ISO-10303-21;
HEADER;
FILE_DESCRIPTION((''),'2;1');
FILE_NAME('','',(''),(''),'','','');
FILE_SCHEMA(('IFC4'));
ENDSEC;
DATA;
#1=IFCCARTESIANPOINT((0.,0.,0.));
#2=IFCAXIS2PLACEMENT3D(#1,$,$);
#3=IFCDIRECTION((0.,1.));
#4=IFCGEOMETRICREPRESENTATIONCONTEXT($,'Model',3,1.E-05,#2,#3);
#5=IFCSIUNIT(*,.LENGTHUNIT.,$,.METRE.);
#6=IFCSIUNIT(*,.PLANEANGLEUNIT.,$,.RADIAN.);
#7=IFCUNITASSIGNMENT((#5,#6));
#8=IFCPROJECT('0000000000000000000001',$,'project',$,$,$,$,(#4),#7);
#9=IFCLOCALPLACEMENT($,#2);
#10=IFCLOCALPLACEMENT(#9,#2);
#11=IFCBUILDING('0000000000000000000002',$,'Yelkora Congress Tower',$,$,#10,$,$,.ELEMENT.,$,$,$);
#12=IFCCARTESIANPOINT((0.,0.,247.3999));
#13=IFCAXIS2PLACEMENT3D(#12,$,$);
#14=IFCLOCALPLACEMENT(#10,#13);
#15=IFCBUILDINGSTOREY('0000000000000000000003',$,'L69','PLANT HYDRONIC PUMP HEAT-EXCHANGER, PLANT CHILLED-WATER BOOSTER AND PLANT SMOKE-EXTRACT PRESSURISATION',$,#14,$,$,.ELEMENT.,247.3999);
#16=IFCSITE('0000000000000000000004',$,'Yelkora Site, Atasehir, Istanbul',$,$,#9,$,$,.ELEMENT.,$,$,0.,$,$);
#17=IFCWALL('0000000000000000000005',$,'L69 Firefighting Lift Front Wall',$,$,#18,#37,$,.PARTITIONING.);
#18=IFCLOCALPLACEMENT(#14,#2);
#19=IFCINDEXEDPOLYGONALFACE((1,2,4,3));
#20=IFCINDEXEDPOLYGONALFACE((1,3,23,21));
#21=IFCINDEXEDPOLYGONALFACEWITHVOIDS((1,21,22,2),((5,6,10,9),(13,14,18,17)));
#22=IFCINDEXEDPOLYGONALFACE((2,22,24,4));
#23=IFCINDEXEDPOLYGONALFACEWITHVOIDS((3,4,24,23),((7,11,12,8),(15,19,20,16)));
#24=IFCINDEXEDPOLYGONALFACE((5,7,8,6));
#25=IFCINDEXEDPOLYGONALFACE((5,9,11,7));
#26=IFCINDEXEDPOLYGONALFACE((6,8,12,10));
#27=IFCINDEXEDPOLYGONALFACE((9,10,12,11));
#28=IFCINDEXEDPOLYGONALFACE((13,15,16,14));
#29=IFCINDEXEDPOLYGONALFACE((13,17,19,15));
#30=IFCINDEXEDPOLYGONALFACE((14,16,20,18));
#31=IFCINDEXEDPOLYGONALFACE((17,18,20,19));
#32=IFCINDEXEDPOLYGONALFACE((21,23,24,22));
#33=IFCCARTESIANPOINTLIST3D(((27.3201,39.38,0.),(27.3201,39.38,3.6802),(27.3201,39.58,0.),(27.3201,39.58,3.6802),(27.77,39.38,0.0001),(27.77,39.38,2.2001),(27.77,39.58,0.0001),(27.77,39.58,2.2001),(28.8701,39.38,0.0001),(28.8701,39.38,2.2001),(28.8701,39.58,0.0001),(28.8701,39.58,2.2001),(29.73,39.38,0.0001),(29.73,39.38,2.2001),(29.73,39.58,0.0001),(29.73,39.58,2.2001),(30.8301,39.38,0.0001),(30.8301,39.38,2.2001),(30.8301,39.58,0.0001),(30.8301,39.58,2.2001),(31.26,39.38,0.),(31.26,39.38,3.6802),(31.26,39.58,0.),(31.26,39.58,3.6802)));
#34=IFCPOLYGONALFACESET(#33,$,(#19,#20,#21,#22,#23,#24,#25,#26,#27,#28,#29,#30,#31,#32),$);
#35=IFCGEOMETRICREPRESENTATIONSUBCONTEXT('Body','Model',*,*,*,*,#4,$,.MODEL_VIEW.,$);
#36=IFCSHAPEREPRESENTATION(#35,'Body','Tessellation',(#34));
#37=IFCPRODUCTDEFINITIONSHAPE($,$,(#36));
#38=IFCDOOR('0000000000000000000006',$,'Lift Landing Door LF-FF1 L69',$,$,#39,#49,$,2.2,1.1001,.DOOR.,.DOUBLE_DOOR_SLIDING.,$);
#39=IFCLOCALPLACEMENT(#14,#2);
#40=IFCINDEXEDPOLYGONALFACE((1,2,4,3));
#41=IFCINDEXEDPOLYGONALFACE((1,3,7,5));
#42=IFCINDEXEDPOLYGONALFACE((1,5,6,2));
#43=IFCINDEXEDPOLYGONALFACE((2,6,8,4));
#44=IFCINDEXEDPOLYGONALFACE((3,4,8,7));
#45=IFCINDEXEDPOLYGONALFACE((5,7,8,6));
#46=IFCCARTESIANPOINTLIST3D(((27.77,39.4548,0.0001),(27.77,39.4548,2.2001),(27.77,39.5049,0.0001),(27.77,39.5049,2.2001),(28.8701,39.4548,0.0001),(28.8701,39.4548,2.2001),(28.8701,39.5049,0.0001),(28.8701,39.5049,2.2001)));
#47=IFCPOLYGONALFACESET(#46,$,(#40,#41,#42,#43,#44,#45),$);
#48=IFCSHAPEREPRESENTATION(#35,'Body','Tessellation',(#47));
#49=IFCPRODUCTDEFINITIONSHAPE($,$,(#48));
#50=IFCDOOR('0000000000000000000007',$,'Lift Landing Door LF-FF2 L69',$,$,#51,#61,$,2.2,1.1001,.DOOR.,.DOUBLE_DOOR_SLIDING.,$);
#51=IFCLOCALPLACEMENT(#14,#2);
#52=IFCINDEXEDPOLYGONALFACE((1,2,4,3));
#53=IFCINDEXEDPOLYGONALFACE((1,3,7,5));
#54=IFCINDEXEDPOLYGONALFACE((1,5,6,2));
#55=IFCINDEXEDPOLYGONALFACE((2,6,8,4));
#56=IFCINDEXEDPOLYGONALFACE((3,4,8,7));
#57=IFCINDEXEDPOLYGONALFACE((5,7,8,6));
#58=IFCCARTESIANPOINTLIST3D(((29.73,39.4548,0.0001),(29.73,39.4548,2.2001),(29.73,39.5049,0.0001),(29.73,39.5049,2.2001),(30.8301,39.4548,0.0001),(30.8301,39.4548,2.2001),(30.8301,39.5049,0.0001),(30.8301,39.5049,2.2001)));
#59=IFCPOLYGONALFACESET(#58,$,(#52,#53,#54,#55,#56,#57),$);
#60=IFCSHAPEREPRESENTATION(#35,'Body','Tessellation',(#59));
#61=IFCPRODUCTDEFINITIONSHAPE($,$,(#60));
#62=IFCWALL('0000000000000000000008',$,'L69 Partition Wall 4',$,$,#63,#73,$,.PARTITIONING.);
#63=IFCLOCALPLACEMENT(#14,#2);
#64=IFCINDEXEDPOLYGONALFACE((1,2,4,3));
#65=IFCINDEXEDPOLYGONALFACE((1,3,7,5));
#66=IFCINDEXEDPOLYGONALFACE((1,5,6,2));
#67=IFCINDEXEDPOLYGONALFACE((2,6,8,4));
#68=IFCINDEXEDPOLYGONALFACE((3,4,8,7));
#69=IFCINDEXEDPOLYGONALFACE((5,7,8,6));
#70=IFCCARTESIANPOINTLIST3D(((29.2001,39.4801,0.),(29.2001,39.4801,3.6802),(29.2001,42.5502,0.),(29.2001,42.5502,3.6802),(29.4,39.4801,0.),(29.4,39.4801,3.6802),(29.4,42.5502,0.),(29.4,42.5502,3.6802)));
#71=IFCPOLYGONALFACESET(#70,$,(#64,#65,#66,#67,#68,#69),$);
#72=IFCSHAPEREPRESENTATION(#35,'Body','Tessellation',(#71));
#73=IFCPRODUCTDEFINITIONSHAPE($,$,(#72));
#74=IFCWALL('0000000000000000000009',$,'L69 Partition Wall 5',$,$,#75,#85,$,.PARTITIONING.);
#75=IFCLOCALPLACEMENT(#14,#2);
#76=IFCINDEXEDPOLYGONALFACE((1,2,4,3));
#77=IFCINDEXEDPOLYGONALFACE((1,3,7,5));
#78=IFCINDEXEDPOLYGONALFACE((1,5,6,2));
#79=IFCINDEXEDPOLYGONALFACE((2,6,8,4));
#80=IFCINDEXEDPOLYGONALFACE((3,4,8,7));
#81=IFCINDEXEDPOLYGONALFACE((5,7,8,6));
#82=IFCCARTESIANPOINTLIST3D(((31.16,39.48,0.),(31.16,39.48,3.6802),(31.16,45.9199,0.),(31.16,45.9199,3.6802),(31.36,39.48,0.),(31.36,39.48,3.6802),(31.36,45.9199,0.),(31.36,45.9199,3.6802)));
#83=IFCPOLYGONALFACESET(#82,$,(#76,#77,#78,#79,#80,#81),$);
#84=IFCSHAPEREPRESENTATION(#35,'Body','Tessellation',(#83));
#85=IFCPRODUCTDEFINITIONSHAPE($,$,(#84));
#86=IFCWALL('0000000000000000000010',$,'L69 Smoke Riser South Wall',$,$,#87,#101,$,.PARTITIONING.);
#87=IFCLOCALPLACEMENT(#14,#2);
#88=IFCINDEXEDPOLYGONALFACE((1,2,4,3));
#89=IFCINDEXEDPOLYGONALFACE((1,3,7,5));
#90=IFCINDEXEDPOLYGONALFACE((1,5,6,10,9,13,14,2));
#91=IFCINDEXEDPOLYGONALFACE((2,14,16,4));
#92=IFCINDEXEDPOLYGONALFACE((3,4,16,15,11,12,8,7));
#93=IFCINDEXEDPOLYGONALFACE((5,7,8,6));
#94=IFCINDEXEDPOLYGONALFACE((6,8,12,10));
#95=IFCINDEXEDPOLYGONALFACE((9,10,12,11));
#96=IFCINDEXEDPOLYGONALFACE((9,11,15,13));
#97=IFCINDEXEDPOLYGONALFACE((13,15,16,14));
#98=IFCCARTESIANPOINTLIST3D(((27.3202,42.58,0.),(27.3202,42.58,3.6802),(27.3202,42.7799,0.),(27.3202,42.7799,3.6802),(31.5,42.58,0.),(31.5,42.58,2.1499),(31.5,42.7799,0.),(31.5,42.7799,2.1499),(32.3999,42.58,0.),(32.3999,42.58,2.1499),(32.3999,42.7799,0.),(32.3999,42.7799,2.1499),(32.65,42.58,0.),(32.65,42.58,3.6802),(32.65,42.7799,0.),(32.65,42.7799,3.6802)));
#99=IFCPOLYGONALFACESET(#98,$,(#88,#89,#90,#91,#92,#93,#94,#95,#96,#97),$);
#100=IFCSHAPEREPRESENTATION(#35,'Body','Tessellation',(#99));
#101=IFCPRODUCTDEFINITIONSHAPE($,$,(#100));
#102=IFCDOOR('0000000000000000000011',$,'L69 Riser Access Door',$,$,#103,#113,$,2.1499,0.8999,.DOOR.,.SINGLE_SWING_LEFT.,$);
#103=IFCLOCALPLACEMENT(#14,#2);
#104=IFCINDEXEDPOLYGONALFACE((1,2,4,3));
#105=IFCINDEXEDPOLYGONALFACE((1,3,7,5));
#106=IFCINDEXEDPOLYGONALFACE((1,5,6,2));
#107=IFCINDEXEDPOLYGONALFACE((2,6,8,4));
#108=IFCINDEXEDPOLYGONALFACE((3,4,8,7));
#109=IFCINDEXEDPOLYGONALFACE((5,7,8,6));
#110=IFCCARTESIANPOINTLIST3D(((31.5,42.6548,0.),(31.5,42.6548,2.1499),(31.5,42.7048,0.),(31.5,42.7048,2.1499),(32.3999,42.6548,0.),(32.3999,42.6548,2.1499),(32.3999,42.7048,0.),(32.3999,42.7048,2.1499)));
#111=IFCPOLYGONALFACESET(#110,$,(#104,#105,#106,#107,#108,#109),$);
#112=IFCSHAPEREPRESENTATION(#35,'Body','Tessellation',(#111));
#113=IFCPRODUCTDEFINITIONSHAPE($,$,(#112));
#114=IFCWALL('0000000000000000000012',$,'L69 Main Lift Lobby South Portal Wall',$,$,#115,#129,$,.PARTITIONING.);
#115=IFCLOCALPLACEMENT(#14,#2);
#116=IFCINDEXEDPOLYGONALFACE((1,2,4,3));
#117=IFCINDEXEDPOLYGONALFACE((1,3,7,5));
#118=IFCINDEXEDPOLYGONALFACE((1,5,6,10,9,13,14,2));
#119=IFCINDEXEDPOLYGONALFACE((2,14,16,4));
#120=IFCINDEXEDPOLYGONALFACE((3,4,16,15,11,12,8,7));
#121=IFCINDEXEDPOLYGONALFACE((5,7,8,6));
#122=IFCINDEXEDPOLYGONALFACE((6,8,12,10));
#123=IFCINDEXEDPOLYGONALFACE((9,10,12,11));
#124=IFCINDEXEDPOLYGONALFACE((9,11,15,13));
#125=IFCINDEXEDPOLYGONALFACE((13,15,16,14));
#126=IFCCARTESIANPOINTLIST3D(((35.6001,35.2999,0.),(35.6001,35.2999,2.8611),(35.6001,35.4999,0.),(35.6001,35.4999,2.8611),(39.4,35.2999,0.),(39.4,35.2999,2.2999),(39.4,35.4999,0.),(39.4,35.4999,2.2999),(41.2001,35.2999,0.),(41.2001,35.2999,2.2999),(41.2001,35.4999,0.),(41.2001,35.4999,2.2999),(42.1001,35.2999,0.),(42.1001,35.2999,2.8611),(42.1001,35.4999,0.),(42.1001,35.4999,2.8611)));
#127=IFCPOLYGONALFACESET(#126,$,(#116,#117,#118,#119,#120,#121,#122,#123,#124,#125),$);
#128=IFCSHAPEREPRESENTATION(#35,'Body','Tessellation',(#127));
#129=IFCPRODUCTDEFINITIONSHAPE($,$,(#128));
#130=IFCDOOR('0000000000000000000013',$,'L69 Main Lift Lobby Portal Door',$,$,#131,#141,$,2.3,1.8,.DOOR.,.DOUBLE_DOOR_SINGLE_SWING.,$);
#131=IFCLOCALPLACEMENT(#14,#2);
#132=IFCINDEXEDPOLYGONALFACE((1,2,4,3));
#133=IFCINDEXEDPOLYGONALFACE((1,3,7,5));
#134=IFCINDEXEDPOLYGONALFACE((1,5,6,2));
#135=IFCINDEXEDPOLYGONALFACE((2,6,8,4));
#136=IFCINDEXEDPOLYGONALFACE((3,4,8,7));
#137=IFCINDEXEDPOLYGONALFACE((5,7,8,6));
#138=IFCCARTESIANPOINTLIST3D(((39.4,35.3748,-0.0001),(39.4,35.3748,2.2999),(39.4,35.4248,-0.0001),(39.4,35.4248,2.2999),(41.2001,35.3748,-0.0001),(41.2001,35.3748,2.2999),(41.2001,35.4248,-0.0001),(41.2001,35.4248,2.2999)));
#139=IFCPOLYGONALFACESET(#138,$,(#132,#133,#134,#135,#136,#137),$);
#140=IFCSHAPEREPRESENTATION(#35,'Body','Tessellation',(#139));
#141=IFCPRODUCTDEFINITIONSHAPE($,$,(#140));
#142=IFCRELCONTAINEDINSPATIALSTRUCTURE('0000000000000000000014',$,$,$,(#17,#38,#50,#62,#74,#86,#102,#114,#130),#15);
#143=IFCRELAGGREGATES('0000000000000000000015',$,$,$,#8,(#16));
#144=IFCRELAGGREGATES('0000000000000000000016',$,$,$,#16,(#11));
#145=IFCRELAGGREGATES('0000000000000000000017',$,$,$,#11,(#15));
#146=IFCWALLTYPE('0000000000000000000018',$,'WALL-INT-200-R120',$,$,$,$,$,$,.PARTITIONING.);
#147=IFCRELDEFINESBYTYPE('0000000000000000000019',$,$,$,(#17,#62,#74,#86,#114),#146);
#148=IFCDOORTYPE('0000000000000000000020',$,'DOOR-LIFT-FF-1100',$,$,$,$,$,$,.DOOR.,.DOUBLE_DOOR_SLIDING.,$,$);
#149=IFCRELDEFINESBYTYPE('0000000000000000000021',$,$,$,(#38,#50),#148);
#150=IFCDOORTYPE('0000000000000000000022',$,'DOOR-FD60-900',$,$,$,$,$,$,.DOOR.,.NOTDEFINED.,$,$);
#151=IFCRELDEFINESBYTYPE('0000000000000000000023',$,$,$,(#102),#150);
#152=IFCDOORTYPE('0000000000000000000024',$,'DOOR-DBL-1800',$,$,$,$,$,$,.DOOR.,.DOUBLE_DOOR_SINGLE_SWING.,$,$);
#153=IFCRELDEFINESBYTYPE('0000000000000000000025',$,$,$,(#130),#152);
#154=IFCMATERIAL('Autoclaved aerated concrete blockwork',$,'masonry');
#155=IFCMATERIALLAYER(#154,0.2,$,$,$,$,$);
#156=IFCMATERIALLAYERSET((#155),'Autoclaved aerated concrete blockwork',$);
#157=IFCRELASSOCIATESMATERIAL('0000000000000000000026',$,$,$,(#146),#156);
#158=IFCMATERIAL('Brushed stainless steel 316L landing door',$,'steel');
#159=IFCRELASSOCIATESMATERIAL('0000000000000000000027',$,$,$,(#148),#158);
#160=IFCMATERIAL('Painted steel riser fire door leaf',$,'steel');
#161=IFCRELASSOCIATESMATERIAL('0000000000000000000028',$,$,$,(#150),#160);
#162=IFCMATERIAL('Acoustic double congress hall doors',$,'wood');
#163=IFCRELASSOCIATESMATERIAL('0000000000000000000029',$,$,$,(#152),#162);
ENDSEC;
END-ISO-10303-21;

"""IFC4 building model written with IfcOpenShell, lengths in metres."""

from ifc_helpers import new_model, si_unit, direction, frame, frame_2d, origin, place, context, subcontext, project, spatial, rectangle, extrude, material, layer, layer_set, type_object, element, fill, save


model = new_model("IFC4")

# Units and contexts
model_context = context("Model", 3, precision=1e-05, world=origin(), true_north=direction((0.0, 1.0)))
body_context = subcontext(model_context, "Body", "Model", "MODEL_VIEW")
ifc_project = project(units=[si_unit("LENGTHUNIT", "METRE"), si_unit("PLANEANGLEUNIT", "RADIAN")], contexts=[model_context])

# Site, building, storey
site_placement = place(None, origin())
site = spatial("IfcSite", under=ifc_project, at=site_placement, Name="Yelkora Site, Atasehir, Istanbul", CompositionType="ELEMENT", RefElevation=0.0)
building_placement = place(site_placement, origin())
building = spatial("IfcBuilding", under=site, at=building_placement, Name="Yelkora Congress Tower", CompositionType="ELEMENT")
storey_placement = place(building_placement, frame((0.0, 0.0, 247.3999)))
storey = spatial("IfcBuildingStorey", under=building, at=storey_placement, Name="L69", Description="PLANT HYDRONIC PUMP HEAT-EXCHANGER, PLANT CHILLED-WATER BOOSTER AND PLANT SMOKE-EXTRACT PRESSURISATION", CompositionType="ELEMENT", Elevation=247.3999)

# Wall, openings, doors
ifc_material_1 = material(Name="Autoclaved aerated concrete blockwork", Category="masonry")
ifc_layer_1 = layer(ifc_material_1, 0.2)
ifc_layer_set_1 = layer_set([ifc_layer_1], Name="Autoclaved aerated concrete blockwork")
wall_type_1 = type_object("IfcWallType", Name="WALL-INT-200-R120", PredefinedType="PARTITIONING", material=ifc_layer_set_1)
wall_1_placement = place(storey_placement, frame((27.3201, 39.48, 0.0), z_axis=(0.0, 0.0, 1.0), x_axis=(1.0, 0.0, 0.0)))
wall_1 = element("IfcWall", 1, at=wall_1_placement, inside=storey, type_object=wall_type_1, Name="L69 Firefighting Lift Front Wall", PredefinedType="PARTITIONING", context=body_context, shape_type="SweptSolid", body=[
    extrude(rectangle(XDim=3.9399, YDim=0.2, at=frame_2d((1.97, 0.0))), origin(), (0.0, 0.0, 1.0), 3.6802),
])
opening_1_placement = place(wall_1_placement, frame((0.45, 0.0, 0.0)))
opening_1 = element("IfcOpeningElement", 2, at=opening_1_placement, cuts=wall_1, PredefinedType="OPENING", context=body_context, shape_type="SweptSolid", body=[
    extrude(rectangle(XDim=1.1001, YDim=2.2, at=frame_2d((0.55, 1.1001))), frame((0.0, 0.1099, 0.0), z_axis=(0.0, -1.0, 0.0), x_axis=(1.0, 0.0, 0.0)), (0.0, 0.0, 1.0), 0.22),
])
opening_2_placement = place(wall_1_placement, frame((2.4099, 0.0, 0.0)))
opening_2 = element("IfcOpeningElement", 3, at=opening_2_placement, cuts=wall_1, PredefinedType="OPENING", context=body_context, shape_type="SweptSolid", body=[
    extrude(rectangle(XDim=1.1001, YDim=2.2, at=frame_2d((0.55, 1.1001))), frame((0.0, 0.1099, 0.0), z_axis=(0.0, -1.0, 0.0), x_axis=(1.0, 0.0, 0.0)), (0.0, 0.0, 1.0), 0.22),
])
ifc_material_2 = material(Name="Brushed stainless steel 316L landing door", Category="steel")
door_type_1 = type_object("IfcDoorType", Name="DOOR-LIFT-FF-1100", OperationType="DOUBLE_DOOR_SLIDING", PredefinedType="DOOR", material=ifc_material_2)
door_1_placement = place(opening_1_placement, origin())
door_1 = element("IfcDoor", 4, at=door_1_placement, inside=storey, type_object=door_type_1, Name="Lift Landing Door LF-FF1 L69", OperationType="DOUBLE_DOOR_SLIDING", OverallHeight=2.2, OverallWidth=1.1001, PredefinedType="DOOR", context=body_context, shape_type="SweptSolid", body=[
    extrude(rectangle(XDim=1.1001, YDim=2.2, at=frame_2d((0.55, 1.1001))), frame((0.0, 0.0249, 0.0), z_axis=(0.0, -1.0, 0.0), x_axis=(1.0, 0.0, 0.0)), (0.0, 0.0, 1.0), 0.05),
])
fill(opening_1, door_1)
door_2_placement = place(opening_2_placement, origin())
door_2 = element("IfcDoor", 5, at=door_2_placement, inside=storey, type_object=door_type_1, Name="Lift Landing Door LF-FF2 L69", OperationType="DOUBLE_DOOR_SLIDING", OverallHeight=2.2, OverallWidth=1.1001, PredefinedType="DOOR", context=body_context, shape_type="SweptSolid", body=[
    extrude(rectangle(XDim=1.1001, YDim=2.2, at=frame_2d((0.55, 1.1001))), frame((0.0, 0.0249, 0.0), z_axis=(0.0, -1.0, 0.0), x_axis=(1.0, 0.0, 0.0)), (0.0, 0.0, 1.0), 0.05),
])
fill(opening_2, door_2)

# Walls
wall_2_placement = place(storey_placement, frame((29.3, 39.48, 0.0), z_axis=(0.0, 0.0, 1.0), x_axis=(0.0, 1.0, 0.0)))
element("IfcWall", 6, at=wall_2_placement, inside=storey, type_object=wall_type_1, Name="L69 Partition Wall 4", PredefinedType="PARTITIONING", context=body_context, shape_type="SweptSolid", body=[
    extrude(rectangle(XDim=3.0701, YDim=0.2, at=frame_2d((1.5352, 0.0))), origin(), (0.0, 0.0, 1.0), 3.6802),
])
wall_3_placement = place(storey_placement, frame((31.26, 39.48, 0.0), z_axis=(0.0, 0.0, 1.0), x_axis=(0.0, 1.0, 0.0)))
element("IfcWall", 7, at=wall_3_placement, inside=storey, type_object=wall_type_1, Name="L69 Partition Wall 5", PredefinedType="PARTITIONING", context=body_context, shape_type="SweptSolid", body=[
    extrude(rectangle(XDim=6.4399, YDim=0.2, at=frame_2d((3.22, 0.0))), origin(), (0.0, 0.0, 1.0), 3.6802),
])

# Walls, openings, doors
wall_4_placement = place(storey_placement, frame((27.3201, 42.6799, 0.0), z_axis=(0.0, 0.0, 1.0), x_axis=(1.0, 0.0, 0.0)))
wall_4 = element("IfcWall", 8, at=wall_4_placement, inside=storey, type_object=wall_type_1, Name="L69 Smoke Riser South Wall", PredefinedType="PARTITIONING", context=body_context, shape_type="SweptSolid", body=[
    extrude(rectangle(XDim=5.3298, YDim=0.2, at=frame_2d((2.665, 0.0))), origin(), (0.0, 0.0, 1.0), 3.6802),
])
opening_3_placement = place(wall_4_placement, frame((4.1799, 0.0, 0.0)))
opening_3 = element("IfcOpeningElement", 9, at=opening_3_placement, cuts=wall_4, PredefinedType="OPENING", context=body_context, shape_type="SweptSolid", body=[
    extrude(rectangle(XDim=0.8999, YDim=2.1499, at=frame_2d((0.45, 1.075))), frame((0.0, 0.1099, 0.0), z_axis=(0.0, -1.0, 0.0), x_axis=(1.0, 0.0, 0.0)), (0.0, 0.0, 1.0), 0.22),
])
ifc_material_3 = material(Name="Painted steel riser fire door leaf", Category="steel")
door_type_2 = type_object("IfcDoorType", Name="DOOR-FD60-900", OperationType="NOTDEFINED", PredefinedType="DOOR", material=ifc_material_3)
door_3_placement = place(opening_3_placement, origin())
door_3 = element("IfcDoor", 10, at=door_3_placement, inside=storey, type_object=door_type_2, Name="L69 Riser Access Door", OperationType="SINGLE_SWING_LEFT", OverallHeight=2.1499, OverallWidth=0.8999, PredefinedType="DOOR", context=body_context, shape_type="SweptSolid", body=[
    extrude(rectangle(XDim=0.8999, YDim=2.1499, at=frame_2d((0.45, 1.075))), frame((0.0, 0.0249, 0.0), z_axis=(0.0, -1.0, 0.0), x_axis=(1.0, 0.0, 0.0)), (0.0, 0.0, 1.0), 0.05),
])
fill(opening_3, door_3)
wall_5_placement = place(storey_placement, frame((35.6001, 35.3999, 0.0), z_axis=(0.0, 0.0, 1.0), x_axis=(1.0, 0.0, 0.0)))
wall_5 = element("IfcWall", 11, at=wall_5_placement, inside=storey, type_object=wall_type_1, Name="L69 Main Lift Lobby South Portal Wall", PredefinedType="PARTITIONING", context=body_context, shape_type="SweptSolid", body=[
    extrude(rectangle(XDim=6.5, YDim=0.2, at=frame_2d((3.25, 0.0))), origin(), (0.0, 0.0, 1.0), 2.8611),
])
opening_4_placement = place(wall_5_placement, frame((3.8, 0.0, 0.0)))
opening_4 = element("IfcOpeningElement", 12, at=opening_4_placement, cuts=wall_5, PredefinedType="OPENING", context=body_context, shape_type="SweptSolid", body=[
    extrude(rectangle(XDim=1.8, YDim=2.3, at=frame_2d((0.8999, 1.1499))), frame((0.0, 0.1099, 0.0), z_axis=(0.0, -1.0, 0.0), x_axis=(1.0, 0.0, 0.0)), (0.0, 0.0, 1.0), 0.22),
])
ifc_material_4 = material(Name="Acoustic double congress hall doors", Category="wood")
door_type_3 = type_object("IfcDoorType", Name="DOOR-DBL-1800", OperationType="DOUBLE_DOOR_SINGLE_SWING", PredefinedType="DOOR", material=ifc_material_4)
door_4_placement = place(opening_4_placement, origin())
door_4 = element("IfcDoor", 13, at=door_4_placement, inside=storey, type_object=door_type_3, Name="L69 Main Lift Lobby Portal Door", OperationType="DOUBLE_DOOR_SINGLE_SWING", OverallHeight=2.3, OverallWidth=1.8, PredefinedType="DOOR", context=body_context, shape_type="SweptSolid", body=[
    extrude(rectangle(XDim=1.8, YDim=2.3, at=frame_2d((0.8999, 1.1499))), frame((0.0, 0.0249, 0.0), z_axis=(0.0, -1.0, 0.0), x_axis=(1.0, 0.0, 0.0)), (0.0, 0.0, 1.0), 0.05),
])
fill(opening_4, door_4)

save(model, "model.ifc")
